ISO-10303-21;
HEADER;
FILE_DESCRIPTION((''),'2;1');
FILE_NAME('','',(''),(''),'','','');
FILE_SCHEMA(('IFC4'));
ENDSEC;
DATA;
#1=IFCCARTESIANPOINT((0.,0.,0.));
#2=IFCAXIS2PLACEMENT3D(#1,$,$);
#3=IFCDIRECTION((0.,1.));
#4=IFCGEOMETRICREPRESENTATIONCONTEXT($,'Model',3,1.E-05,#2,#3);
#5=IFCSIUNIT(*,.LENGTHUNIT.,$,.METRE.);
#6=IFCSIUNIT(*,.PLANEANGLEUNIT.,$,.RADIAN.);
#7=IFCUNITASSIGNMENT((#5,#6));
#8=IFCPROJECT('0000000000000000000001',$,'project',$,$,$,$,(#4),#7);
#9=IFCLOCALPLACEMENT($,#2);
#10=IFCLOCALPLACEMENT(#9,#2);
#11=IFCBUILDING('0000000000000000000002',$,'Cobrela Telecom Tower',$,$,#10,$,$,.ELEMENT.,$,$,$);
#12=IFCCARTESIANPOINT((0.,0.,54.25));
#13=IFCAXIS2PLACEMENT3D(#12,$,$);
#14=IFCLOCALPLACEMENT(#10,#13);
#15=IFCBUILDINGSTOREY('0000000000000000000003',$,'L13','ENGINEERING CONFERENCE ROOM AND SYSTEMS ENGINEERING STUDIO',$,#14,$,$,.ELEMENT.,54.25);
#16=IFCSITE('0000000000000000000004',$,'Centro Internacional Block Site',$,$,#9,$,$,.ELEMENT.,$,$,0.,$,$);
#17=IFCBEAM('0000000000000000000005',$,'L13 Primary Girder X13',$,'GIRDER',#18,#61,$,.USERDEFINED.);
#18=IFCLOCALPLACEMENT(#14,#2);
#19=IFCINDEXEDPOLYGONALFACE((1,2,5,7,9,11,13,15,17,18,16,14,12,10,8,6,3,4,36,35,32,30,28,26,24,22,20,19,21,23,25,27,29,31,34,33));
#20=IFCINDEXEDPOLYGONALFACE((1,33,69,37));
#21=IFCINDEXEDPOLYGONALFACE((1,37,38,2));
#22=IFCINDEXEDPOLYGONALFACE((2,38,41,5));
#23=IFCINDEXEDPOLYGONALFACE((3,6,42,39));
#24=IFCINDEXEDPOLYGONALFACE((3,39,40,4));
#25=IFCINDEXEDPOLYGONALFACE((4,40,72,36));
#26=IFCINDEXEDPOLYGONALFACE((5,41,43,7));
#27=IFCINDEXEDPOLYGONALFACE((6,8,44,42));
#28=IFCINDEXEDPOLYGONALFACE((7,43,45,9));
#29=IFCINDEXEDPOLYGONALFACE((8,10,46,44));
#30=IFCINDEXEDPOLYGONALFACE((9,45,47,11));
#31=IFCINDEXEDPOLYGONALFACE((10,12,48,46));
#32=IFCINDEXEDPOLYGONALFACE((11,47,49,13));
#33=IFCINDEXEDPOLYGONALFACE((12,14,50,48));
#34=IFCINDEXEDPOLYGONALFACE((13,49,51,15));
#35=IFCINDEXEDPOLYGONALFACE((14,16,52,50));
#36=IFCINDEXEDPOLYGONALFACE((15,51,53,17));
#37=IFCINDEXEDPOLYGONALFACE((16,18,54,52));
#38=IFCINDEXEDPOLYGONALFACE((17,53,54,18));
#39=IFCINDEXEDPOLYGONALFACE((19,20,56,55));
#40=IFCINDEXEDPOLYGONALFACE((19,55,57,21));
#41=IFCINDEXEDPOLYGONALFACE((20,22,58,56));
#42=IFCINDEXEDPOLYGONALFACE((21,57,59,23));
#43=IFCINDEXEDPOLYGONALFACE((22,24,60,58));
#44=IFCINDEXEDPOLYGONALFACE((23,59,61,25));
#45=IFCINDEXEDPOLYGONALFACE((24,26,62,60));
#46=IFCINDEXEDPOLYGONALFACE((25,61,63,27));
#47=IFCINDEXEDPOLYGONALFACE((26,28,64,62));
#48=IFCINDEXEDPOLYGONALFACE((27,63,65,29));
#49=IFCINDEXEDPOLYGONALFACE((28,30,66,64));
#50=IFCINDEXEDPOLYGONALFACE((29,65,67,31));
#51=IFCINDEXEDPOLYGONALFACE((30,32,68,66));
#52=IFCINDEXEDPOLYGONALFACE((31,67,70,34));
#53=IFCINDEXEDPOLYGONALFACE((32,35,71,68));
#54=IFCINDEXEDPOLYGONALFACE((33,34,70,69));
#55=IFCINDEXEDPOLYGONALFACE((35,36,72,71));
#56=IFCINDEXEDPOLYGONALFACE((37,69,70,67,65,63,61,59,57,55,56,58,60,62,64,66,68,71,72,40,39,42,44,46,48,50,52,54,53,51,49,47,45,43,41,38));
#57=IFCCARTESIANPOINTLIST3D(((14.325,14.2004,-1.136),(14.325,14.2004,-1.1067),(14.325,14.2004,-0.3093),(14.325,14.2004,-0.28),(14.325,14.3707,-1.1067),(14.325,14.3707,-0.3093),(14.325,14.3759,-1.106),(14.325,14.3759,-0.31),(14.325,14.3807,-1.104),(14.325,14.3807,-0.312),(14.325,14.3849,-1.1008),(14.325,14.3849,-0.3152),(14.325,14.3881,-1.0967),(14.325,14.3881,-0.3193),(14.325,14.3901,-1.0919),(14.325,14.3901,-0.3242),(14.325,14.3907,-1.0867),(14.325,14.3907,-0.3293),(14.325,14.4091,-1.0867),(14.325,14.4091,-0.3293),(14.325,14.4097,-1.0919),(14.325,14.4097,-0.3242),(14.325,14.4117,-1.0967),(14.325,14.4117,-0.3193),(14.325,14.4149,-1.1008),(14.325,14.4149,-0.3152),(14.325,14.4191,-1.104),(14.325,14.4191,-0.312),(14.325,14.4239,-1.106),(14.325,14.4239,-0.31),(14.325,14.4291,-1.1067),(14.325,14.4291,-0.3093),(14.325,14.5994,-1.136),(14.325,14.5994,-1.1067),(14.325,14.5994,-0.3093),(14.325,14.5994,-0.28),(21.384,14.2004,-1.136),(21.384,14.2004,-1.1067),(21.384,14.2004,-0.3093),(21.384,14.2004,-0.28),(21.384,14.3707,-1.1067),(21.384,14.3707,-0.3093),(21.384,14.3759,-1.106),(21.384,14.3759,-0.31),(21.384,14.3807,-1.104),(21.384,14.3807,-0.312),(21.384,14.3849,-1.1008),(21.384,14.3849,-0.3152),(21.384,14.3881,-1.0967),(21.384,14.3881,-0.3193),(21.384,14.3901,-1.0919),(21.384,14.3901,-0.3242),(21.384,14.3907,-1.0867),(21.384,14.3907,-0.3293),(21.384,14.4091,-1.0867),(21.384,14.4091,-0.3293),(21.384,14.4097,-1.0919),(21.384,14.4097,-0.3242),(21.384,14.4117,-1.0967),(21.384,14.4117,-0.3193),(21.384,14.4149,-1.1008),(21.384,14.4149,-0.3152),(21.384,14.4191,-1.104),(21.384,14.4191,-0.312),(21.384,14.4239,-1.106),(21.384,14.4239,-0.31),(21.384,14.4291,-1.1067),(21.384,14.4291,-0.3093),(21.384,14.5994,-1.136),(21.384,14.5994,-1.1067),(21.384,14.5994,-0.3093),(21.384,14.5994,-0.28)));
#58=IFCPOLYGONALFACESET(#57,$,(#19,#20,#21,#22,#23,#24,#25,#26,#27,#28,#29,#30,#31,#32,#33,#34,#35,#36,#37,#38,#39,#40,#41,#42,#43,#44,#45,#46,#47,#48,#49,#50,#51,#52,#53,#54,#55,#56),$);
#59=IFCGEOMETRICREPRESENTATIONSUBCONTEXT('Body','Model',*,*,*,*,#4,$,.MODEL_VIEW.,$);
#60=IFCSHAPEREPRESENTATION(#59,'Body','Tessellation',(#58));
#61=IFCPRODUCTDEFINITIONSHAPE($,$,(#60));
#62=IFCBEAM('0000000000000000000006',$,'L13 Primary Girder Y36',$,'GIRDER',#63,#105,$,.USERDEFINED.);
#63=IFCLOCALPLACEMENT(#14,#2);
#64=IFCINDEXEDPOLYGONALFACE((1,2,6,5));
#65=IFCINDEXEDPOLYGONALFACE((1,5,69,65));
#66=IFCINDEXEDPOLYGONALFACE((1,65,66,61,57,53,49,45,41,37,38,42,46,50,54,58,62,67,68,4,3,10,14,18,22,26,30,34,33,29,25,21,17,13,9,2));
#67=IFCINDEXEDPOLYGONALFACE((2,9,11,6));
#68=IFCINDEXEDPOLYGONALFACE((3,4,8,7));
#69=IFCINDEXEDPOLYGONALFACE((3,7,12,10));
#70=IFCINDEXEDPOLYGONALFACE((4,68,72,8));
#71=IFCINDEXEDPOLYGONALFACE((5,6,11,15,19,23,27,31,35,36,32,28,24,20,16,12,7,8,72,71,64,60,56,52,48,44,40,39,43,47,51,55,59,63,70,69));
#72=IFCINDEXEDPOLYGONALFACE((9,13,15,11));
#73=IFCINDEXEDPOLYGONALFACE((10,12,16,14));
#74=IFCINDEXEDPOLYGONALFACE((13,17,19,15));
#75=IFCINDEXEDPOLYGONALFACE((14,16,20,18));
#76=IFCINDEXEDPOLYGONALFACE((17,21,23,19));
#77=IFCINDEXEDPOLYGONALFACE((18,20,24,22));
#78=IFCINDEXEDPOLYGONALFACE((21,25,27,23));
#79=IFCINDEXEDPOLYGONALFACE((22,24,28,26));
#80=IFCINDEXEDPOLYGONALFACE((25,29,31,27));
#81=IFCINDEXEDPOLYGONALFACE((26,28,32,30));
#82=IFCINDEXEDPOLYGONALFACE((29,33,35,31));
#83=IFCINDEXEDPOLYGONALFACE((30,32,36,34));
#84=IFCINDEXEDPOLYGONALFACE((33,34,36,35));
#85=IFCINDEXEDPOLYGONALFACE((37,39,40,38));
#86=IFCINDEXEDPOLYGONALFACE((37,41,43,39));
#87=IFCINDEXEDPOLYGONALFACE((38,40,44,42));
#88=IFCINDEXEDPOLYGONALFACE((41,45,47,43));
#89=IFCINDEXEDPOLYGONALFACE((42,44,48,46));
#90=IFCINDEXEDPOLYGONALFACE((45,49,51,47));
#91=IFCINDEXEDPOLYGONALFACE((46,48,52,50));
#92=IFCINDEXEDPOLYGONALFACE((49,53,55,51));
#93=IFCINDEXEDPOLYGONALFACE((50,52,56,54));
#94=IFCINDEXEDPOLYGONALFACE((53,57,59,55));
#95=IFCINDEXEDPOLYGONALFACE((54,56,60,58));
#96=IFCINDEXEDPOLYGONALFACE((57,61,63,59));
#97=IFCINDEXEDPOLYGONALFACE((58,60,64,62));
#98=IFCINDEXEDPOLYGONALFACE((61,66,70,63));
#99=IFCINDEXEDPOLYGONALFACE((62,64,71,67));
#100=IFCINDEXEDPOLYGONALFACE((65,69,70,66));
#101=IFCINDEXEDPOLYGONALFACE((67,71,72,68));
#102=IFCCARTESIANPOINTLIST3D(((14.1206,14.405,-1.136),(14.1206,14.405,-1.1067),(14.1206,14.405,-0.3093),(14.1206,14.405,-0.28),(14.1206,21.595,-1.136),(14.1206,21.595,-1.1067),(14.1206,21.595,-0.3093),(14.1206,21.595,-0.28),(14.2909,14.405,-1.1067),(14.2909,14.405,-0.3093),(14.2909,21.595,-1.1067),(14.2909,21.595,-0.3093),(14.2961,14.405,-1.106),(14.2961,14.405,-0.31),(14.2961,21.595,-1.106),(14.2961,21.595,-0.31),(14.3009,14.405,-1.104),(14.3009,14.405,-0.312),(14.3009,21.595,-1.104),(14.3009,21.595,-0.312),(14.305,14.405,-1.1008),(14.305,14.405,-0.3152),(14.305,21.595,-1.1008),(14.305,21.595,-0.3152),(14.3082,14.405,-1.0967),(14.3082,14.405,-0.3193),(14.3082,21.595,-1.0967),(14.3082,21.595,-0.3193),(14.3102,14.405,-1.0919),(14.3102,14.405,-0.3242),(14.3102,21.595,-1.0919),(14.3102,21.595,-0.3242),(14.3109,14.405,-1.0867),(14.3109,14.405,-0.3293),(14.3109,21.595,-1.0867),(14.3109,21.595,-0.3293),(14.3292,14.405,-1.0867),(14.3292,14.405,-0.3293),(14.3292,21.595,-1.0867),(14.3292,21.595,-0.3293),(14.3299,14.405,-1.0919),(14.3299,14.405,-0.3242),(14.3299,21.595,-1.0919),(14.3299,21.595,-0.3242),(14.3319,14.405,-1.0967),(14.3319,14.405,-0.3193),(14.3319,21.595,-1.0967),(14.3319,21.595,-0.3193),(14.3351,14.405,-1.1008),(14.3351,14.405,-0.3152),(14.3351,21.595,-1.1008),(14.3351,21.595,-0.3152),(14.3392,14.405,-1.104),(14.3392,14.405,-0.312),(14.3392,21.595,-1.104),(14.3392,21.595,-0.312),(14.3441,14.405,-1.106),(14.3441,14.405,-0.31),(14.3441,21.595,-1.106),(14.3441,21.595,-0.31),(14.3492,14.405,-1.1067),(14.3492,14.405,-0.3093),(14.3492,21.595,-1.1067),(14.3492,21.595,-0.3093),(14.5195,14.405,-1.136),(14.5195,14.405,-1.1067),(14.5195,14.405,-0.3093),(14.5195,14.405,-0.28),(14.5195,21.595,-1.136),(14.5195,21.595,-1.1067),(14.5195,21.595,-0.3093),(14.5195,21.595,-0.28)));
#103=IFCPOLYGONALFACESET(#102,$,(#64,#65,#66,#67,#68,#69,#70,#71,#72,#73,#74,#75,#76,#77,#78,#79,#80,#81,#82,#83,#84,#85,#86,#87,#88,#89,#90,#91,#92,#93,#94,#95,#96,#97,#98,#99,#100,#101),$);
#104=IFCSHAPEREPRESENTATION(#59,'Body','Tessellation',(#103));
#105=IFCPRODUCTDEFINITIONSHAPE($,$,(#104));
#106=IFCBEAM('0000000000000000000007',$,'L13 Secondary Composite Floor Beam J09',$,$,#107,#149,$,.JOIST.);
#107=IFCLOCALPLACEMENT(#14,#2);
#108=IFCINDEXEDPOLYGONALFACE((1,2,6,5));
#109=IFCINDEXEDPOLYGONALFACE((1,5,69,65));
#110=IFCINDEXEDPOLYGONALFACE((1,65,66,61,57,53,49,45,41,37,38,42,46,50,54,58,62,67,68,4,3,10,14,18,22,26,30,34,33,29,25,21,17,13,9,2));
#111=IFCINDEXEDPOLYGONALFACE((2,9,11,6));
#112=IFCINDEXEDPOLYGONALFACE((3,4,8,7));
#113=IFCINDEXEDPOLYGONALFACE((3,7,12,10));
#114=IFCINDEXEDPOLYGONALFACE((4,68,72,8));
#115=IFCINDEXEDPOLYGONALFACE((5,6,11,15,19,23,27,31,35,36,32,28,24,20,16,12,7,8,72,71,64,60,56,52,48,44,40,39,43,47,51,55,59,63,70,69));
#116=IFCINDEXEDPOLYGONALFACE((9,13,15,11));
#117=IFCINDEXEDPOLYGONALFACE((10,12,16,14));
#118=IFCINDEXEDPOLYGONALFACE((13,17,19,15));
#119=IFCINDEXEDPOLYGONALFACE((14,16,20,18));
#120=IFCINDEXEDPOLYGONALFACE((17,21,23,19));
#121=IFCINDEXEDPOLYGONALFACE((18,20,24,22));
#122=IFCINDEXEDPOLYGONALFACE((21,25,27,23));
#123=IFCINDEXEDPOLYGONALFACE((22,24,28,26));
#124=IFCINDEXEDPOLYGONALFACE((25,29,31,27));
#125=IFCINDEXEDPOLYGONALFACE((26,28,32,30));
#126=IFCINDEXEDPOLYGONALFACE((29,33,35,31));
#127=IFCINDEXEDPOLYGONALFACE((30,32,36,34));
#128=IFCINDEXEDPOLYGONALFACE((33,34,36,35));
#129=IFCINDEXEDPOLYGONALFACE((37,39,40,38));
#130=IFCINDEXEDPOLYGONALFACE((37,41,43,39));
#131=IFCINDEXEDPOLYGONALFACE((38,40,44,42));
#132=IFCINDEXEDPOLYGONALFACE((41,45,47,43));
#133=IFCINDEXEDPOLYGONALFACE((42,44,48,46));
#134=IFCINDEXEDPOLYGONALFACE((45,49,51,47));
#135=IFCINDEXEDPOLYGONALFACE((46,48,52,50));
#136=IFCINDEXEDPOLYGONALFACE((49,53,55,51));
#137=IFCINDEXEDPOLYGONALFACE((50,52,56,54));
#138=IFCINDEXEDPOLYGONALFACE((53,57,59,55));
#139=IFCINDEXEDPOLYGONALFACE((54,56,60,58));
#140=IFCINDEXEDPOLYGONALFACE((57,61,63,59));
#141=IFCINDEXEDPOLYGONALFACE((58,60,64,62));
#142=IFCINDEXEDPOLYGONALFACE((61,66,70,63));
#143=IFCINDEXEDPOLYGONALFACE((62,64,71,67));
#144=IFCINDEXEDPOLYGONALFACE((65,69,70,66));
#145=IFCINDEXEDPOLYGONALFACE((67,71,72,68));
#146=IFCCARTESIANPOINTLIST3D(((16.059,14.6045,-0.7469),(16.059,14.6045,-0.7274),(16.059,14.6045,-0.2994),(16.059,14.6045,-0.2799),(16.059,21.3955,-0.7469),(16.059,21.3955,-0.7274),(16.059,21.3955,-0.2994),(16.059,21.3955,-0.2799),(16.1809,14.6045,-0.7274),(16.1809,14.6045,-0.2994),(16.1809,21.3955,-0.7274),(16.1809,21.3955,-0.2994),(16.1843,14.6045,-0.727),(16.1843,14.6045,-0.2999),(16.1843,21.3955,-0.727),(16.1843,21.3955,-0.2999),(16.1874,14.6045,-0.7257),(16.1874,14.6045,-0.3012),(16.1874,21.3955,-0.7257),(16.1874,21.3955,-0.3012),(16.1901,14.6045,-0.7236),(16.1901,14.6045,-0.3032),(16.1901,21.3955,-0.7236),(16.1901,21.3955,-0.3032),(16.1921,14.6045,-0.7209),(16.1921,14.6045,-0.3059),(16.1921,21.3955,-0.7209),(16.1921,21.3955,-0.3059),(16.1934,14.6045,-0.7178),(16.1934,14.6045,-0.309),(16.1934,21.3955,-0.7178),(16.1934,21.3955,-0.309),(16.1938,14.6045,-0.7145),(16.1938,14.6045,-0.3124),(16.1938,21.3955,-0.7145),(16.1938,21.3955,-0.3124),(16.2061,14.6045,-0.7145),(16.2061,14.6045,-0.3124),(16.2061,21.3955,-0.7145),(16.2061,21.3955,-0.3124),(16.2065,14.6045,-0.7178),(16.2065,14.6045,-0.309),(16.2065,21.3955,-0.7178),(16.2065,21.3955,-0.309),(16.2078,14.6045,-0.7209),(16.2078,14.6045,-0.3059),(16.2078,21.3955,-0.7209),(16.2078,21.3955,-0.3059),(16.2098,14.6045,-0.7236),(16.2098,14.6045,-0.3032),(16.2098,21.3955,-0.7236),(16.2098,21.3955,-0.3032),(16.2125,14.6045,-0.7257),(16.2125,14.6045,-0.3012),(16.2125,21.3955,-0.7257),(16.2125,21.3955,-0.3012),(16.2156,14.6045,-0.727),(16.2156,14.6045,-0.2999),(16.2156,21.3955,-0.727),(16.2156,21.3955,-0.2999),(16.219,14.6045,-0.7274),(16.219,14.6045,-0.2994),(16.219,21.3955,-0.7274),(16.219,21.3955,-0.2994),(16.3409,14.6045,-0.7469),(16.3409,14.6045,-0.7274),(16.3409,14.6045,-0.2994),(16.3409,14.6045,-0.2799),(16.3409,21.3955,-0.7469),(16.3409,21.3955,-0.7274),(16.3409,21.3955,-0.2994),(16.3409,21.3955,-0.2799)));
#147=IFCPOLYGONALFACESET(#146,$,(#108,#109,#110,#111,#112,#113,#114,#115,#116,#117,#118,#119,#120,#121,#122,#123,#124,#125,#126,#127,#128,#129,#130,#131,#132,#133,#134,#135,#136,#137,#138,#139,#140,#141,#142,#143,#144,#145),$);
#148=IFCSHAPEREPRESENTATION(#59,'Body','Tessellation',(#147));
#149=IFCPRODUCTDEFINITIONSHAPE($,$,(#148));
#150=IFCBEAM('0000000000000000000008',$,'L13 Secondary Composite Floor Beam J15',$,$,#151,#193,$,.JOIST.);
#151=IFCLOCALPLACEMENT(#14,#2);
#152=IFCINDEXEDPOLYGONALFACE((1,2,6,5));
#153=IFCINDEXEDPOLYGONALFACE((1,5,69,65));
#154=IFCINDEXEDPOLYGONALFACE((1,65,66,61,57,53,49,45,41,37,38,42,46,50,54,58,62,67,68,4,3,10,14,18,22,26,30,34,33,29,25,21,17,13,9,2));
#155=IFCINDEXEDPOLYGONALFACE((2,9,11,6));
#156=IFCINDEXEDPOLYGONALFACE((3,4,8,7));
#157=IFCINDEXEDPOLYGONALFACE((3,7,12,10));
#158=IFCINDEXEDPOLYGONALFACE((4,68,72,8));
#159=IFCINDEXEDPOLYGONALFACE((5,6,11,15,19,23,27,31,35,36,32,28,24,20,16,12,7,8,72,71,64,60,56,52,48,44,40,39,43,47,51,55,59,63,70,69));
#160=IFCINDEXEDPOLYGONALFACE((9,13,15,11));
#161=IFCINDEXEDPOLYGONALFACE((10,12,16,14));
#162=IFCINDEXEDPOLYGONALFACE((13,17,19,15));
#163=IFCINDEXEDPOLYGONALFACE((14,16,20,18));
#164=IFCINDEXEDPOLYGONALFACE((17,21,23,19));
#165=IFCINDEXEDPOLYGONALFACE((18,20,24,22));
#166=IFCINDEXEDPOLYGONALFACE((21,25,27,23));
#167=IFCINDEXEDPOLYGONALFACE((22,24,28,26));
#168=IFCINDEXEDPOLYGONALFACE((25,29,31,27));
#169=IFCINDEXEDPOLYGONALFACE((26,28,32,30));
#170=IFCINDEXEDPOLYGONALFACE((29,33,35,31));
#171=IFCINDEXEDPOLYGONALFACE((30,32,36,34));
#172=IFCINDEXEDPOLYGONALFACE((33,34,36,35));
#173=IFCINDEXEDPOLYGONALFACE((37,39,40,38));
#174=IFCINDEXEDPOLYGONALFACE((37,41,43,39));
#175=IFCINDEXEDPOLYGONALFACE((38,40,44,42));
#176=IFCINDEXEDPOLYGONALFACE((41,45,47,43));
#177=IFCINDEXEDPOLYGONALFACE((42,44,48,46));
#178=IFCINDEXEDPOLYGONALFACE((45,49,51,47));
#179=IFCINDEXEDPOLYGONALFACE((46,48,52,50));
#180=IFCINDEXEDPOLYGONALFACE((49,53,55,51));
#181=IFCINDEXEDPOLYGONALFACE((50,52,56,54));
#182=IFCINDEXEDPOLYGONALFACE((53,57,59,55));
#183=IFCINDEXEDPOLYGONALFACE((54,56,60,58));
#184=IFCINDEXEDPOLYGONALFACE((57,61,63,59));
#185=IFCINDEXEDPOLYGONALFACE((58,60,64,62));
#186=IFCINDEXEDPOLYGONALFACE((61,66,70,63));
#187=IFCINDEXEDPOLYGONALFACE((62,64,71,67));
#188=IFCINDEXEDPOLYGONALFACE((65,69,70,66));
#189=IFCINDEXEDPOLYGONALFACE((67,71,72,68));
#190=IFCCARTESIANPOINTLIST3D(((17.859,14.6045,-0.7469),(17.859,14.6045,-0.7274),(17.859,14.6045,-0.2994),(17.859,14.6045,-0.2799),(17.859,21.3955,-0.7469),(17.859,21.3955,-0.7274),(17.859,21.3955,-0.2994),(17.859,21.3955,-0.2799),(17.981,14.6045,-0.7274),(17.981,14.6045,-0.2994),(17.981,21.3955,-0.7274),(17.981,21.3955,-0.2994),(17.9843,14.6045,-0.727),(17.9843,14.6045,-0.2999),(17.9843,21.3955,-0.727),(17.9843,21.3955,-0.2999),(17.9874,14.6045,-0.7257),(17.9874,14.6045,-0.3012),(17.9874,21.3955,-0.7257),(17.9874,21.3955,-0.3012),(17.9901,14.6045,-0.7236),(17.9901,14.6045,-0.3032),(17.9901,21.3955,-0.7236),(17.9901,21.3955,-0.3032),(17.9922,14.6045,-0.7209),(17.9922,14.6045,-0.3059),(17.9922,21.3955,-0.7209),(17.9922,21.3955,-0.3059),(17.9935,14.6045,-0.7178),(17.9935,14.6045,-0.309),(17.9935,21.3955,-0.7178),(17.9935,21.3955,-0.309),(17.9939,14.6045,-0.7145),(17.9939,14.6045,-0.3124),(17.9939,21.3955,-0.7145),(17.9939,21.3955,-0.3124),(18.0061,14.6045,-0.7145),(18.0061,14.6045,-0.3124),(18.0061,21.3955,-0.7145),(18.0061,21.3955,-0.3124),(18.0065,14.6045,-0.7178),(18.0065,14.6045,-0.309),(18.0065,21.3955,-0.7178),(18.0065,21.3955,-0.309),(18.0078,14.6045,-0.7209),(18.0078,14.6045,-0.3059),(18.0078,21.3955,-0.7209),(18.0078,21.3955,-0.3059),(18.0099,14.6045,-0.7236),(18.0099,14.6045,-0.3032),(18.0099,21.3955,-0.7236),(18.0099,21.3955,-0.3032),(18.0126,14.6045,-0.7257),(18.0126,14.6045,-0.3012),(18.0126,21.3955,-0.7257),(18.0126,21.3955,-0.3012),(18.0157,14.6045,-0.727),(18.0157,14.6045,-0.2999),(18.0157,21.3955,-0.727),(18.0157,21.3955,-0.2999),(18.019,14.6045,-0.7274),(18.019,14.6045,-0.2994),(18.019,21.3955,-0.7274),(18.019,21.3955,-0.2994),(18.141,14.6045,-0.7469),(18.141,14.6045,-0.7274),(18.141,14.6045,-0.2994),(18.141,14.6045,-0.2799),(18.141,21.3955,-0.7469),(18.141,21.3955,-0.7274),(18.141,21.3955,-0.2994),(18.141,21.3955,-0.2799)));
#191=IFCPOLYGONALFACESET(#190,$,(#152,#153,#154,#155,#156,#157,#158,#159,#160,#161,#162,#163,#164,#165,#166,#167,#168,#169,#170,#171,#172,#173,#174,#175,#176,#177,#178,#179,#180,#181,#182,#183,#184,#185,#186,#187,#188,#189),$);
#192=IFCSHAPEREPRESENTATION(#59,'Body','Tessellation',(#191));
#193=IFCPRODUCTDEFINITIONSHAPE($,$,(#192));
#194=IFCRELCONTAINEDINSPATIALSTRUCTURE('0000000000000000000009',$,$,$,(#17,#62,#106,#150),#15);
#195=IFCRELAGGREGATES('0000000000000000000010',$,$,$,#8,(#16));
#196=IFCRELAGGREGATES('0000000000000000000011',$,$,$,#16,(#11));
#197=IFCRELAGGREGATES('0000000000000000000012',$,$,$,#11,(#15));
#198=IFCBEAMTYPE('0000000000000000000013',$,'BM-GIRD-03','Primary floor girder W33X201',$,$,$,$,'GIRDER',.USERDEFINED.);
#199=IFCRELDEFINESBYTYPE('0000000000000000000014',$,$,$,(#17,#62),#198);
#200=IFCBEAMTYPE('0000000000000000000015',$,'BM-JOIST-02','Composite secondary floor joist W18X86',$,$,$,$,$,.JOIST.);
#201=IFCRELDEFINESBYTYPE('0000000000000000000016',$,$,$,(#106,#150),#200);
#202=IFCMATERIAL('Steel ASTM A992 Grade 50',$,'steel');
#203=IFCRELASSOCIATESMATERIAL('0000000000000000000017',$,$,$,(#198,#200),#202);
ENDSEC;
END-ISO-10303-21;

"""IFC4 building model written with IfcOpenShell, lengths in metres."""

from ifc_helpers import new_model, si_unit, direction, frame, origin, origin_2d, place, context, subcontext, project, spatial, i_section, extrude, material, material_profile, profile_set, type_object, element, save


model = new_model("IFC4")

# Units and contexts
model_context = context("Model", 3, precision=1e-05, world=origin(), true_north=direction((0.0, 1.0)))
body_context = subcontext(model_context, "Body", "Model", "MODEL_VIEW")
ifc_project = project(units=[si_unit("LENGTHUNIT", "METRE"), si_unit("PLANEANGLEUNIT", "RADIAN")], contexts=[model_context])

# Site, building, storey
site_placement = place(None, origin())
site = spatial("IfcSite", under=ifc_project, at=site_placement, Name="Centro Internacional Block Site", CompositionType="ELEMENT", RefElevation=0.0)
building_placement = place(site_placement, origin())
building = spatial("IfcBuilding", under=site, at=building_placement, Name="Cobrela Telecom Tower", CompositionType="ELEMENT")
storey_placement = place(building_placement, frame((0.0, 0.0, 54.25)))
storey = spatial("IfcBuildingStorey", under=building, at=storey_placement, Name="L13", Description="ENGINEERING CONFERENCE ROOM AND SYSTEMS ENGINEERING STUDIO", CompositionType="ELEMENT", Elevation=54.25)

# Beams
ifc_material_1 = material(Name="Steel ASTM A992 Grade 50", Category="steel")
ifc_material_profile_1 = material_profile(ifc_material_1, i_section(OverallWidth=0.3989, OverallDepth=0.856, WebThickness=0.0183, FlangeThickness=0.0293, FilletRadius=0.02, at=origin_2d()), Name="W33X201")
ifc_profile_set_1 = profile_set([ifc_material_profile_1], Name="Steel ASTM A992 Grade 50")
beam_type_1 = type_object("IfcBeamType", Name="BM-GIRD-03", Description="Primary floor girder W33X201", ElementType="GIRDER", PredefinedType="USERDEFINED", material=ifc_profile_set_1)
beam_1_placement = place(storey_placement, frame((14.325, 14.3999, -0.708), z_axis=(1.0, 0.0, 0.0), x_axis=(0.0, 1.0, 0.0)))
element("IfcBeam", 1, at=beam_1_placement, inside=storey, type_object=beam_type_1, Name="L13 Primary Girder X13", ObjectType="GIRDER", PredefinedType="USERDEFINED", context=body_context, shape_type="SweptSolid", body=[
    extrude(i_section(OverallWidth=0.3989, OverallDepth=0.856, WebThickness=0.0183, FlangeThickness=0.0293, FilletRadius=0.02, at=origin_2d()), origin(), (0.0, 0.0, 1.0), 7.0591),
])
beam_2_placement = place(storey_placement, frame((14.3201, 14.405, -0.708), z_axis=(0.0, 1.0, 0.0), x_axis=(-1.0, 0.0, 0.0)))
element("IfcBeam", 2, at=beam_2_placement, inside=storey, type_object=beam_type_1, Name="L13 Primary Girder Y36", ObjectType="GIRDER", PredefinedType="USERDEFINED", context=body_context, shape_type="SweptSolid", body=[
    extrude(i_section(OverallWidth=0.3989, OverallDepth=0.856, WebThickness=0.0183, FlangeThickness=0.0293, FilletRadius=0.02, at=origin_2d()), origin(), (0.0, 0.0, 1.0), 7.1899),
])
ifc_material_profile_2 = material_profile(ifc_material_1, i_section(OverallWidth=0.282, OverallDepth=0.467, WebThickness=0.0122, FlangeThickness=0.0195, FilletRadius=0.0129, at=origin_2d()), Name="W18X86")
ifc_profile_set_2 = profile_set([ifc_material_profile_2], Name="Steel ASTM A992 Grade 50")
beam_type_2 = type_object("IfcBeamType", Name="BM-JOIST-02", Description="Composite secondary floor joist W18X86", PredefinedType="JOIST", material=ifc_profile_set_2)
for number, where, z_axis, x_axis, name in (
    (3, (16.2, 14.6045, -0.5134), (0.0, 1.0, 0.0), (-1.0, 0.0, 0.0), "L13 Secondary Composite Floor Beam J09"),
    (4, (18.0, 14.6045, -0.5134), (0.0, 1.0, 0.0), (-1.0, 0.0, 0.0), "L13 Secondary Composite Floor Beam J15"),
):
    element("IfcBeam", number, at=place(storey_placement, frame(where, z_axis=z_axis, x_axis=x_axis)), inside=storey, type_object=beam_type_2, Name=name, PredefinedType="JOIST", context=body_context, shape_type="SweptSolid", body=[
        extrude(i_section(OverallWidth=0.282, OverallDepth=0.467, WebThickness=0.0122, FlangeThickness=0.0195, FilletRadius=0.0129, at=origin_2d()), origin(), (0.0, 0.0, 1.0), 6.791),
    ])

save(model, "model.ifc")
